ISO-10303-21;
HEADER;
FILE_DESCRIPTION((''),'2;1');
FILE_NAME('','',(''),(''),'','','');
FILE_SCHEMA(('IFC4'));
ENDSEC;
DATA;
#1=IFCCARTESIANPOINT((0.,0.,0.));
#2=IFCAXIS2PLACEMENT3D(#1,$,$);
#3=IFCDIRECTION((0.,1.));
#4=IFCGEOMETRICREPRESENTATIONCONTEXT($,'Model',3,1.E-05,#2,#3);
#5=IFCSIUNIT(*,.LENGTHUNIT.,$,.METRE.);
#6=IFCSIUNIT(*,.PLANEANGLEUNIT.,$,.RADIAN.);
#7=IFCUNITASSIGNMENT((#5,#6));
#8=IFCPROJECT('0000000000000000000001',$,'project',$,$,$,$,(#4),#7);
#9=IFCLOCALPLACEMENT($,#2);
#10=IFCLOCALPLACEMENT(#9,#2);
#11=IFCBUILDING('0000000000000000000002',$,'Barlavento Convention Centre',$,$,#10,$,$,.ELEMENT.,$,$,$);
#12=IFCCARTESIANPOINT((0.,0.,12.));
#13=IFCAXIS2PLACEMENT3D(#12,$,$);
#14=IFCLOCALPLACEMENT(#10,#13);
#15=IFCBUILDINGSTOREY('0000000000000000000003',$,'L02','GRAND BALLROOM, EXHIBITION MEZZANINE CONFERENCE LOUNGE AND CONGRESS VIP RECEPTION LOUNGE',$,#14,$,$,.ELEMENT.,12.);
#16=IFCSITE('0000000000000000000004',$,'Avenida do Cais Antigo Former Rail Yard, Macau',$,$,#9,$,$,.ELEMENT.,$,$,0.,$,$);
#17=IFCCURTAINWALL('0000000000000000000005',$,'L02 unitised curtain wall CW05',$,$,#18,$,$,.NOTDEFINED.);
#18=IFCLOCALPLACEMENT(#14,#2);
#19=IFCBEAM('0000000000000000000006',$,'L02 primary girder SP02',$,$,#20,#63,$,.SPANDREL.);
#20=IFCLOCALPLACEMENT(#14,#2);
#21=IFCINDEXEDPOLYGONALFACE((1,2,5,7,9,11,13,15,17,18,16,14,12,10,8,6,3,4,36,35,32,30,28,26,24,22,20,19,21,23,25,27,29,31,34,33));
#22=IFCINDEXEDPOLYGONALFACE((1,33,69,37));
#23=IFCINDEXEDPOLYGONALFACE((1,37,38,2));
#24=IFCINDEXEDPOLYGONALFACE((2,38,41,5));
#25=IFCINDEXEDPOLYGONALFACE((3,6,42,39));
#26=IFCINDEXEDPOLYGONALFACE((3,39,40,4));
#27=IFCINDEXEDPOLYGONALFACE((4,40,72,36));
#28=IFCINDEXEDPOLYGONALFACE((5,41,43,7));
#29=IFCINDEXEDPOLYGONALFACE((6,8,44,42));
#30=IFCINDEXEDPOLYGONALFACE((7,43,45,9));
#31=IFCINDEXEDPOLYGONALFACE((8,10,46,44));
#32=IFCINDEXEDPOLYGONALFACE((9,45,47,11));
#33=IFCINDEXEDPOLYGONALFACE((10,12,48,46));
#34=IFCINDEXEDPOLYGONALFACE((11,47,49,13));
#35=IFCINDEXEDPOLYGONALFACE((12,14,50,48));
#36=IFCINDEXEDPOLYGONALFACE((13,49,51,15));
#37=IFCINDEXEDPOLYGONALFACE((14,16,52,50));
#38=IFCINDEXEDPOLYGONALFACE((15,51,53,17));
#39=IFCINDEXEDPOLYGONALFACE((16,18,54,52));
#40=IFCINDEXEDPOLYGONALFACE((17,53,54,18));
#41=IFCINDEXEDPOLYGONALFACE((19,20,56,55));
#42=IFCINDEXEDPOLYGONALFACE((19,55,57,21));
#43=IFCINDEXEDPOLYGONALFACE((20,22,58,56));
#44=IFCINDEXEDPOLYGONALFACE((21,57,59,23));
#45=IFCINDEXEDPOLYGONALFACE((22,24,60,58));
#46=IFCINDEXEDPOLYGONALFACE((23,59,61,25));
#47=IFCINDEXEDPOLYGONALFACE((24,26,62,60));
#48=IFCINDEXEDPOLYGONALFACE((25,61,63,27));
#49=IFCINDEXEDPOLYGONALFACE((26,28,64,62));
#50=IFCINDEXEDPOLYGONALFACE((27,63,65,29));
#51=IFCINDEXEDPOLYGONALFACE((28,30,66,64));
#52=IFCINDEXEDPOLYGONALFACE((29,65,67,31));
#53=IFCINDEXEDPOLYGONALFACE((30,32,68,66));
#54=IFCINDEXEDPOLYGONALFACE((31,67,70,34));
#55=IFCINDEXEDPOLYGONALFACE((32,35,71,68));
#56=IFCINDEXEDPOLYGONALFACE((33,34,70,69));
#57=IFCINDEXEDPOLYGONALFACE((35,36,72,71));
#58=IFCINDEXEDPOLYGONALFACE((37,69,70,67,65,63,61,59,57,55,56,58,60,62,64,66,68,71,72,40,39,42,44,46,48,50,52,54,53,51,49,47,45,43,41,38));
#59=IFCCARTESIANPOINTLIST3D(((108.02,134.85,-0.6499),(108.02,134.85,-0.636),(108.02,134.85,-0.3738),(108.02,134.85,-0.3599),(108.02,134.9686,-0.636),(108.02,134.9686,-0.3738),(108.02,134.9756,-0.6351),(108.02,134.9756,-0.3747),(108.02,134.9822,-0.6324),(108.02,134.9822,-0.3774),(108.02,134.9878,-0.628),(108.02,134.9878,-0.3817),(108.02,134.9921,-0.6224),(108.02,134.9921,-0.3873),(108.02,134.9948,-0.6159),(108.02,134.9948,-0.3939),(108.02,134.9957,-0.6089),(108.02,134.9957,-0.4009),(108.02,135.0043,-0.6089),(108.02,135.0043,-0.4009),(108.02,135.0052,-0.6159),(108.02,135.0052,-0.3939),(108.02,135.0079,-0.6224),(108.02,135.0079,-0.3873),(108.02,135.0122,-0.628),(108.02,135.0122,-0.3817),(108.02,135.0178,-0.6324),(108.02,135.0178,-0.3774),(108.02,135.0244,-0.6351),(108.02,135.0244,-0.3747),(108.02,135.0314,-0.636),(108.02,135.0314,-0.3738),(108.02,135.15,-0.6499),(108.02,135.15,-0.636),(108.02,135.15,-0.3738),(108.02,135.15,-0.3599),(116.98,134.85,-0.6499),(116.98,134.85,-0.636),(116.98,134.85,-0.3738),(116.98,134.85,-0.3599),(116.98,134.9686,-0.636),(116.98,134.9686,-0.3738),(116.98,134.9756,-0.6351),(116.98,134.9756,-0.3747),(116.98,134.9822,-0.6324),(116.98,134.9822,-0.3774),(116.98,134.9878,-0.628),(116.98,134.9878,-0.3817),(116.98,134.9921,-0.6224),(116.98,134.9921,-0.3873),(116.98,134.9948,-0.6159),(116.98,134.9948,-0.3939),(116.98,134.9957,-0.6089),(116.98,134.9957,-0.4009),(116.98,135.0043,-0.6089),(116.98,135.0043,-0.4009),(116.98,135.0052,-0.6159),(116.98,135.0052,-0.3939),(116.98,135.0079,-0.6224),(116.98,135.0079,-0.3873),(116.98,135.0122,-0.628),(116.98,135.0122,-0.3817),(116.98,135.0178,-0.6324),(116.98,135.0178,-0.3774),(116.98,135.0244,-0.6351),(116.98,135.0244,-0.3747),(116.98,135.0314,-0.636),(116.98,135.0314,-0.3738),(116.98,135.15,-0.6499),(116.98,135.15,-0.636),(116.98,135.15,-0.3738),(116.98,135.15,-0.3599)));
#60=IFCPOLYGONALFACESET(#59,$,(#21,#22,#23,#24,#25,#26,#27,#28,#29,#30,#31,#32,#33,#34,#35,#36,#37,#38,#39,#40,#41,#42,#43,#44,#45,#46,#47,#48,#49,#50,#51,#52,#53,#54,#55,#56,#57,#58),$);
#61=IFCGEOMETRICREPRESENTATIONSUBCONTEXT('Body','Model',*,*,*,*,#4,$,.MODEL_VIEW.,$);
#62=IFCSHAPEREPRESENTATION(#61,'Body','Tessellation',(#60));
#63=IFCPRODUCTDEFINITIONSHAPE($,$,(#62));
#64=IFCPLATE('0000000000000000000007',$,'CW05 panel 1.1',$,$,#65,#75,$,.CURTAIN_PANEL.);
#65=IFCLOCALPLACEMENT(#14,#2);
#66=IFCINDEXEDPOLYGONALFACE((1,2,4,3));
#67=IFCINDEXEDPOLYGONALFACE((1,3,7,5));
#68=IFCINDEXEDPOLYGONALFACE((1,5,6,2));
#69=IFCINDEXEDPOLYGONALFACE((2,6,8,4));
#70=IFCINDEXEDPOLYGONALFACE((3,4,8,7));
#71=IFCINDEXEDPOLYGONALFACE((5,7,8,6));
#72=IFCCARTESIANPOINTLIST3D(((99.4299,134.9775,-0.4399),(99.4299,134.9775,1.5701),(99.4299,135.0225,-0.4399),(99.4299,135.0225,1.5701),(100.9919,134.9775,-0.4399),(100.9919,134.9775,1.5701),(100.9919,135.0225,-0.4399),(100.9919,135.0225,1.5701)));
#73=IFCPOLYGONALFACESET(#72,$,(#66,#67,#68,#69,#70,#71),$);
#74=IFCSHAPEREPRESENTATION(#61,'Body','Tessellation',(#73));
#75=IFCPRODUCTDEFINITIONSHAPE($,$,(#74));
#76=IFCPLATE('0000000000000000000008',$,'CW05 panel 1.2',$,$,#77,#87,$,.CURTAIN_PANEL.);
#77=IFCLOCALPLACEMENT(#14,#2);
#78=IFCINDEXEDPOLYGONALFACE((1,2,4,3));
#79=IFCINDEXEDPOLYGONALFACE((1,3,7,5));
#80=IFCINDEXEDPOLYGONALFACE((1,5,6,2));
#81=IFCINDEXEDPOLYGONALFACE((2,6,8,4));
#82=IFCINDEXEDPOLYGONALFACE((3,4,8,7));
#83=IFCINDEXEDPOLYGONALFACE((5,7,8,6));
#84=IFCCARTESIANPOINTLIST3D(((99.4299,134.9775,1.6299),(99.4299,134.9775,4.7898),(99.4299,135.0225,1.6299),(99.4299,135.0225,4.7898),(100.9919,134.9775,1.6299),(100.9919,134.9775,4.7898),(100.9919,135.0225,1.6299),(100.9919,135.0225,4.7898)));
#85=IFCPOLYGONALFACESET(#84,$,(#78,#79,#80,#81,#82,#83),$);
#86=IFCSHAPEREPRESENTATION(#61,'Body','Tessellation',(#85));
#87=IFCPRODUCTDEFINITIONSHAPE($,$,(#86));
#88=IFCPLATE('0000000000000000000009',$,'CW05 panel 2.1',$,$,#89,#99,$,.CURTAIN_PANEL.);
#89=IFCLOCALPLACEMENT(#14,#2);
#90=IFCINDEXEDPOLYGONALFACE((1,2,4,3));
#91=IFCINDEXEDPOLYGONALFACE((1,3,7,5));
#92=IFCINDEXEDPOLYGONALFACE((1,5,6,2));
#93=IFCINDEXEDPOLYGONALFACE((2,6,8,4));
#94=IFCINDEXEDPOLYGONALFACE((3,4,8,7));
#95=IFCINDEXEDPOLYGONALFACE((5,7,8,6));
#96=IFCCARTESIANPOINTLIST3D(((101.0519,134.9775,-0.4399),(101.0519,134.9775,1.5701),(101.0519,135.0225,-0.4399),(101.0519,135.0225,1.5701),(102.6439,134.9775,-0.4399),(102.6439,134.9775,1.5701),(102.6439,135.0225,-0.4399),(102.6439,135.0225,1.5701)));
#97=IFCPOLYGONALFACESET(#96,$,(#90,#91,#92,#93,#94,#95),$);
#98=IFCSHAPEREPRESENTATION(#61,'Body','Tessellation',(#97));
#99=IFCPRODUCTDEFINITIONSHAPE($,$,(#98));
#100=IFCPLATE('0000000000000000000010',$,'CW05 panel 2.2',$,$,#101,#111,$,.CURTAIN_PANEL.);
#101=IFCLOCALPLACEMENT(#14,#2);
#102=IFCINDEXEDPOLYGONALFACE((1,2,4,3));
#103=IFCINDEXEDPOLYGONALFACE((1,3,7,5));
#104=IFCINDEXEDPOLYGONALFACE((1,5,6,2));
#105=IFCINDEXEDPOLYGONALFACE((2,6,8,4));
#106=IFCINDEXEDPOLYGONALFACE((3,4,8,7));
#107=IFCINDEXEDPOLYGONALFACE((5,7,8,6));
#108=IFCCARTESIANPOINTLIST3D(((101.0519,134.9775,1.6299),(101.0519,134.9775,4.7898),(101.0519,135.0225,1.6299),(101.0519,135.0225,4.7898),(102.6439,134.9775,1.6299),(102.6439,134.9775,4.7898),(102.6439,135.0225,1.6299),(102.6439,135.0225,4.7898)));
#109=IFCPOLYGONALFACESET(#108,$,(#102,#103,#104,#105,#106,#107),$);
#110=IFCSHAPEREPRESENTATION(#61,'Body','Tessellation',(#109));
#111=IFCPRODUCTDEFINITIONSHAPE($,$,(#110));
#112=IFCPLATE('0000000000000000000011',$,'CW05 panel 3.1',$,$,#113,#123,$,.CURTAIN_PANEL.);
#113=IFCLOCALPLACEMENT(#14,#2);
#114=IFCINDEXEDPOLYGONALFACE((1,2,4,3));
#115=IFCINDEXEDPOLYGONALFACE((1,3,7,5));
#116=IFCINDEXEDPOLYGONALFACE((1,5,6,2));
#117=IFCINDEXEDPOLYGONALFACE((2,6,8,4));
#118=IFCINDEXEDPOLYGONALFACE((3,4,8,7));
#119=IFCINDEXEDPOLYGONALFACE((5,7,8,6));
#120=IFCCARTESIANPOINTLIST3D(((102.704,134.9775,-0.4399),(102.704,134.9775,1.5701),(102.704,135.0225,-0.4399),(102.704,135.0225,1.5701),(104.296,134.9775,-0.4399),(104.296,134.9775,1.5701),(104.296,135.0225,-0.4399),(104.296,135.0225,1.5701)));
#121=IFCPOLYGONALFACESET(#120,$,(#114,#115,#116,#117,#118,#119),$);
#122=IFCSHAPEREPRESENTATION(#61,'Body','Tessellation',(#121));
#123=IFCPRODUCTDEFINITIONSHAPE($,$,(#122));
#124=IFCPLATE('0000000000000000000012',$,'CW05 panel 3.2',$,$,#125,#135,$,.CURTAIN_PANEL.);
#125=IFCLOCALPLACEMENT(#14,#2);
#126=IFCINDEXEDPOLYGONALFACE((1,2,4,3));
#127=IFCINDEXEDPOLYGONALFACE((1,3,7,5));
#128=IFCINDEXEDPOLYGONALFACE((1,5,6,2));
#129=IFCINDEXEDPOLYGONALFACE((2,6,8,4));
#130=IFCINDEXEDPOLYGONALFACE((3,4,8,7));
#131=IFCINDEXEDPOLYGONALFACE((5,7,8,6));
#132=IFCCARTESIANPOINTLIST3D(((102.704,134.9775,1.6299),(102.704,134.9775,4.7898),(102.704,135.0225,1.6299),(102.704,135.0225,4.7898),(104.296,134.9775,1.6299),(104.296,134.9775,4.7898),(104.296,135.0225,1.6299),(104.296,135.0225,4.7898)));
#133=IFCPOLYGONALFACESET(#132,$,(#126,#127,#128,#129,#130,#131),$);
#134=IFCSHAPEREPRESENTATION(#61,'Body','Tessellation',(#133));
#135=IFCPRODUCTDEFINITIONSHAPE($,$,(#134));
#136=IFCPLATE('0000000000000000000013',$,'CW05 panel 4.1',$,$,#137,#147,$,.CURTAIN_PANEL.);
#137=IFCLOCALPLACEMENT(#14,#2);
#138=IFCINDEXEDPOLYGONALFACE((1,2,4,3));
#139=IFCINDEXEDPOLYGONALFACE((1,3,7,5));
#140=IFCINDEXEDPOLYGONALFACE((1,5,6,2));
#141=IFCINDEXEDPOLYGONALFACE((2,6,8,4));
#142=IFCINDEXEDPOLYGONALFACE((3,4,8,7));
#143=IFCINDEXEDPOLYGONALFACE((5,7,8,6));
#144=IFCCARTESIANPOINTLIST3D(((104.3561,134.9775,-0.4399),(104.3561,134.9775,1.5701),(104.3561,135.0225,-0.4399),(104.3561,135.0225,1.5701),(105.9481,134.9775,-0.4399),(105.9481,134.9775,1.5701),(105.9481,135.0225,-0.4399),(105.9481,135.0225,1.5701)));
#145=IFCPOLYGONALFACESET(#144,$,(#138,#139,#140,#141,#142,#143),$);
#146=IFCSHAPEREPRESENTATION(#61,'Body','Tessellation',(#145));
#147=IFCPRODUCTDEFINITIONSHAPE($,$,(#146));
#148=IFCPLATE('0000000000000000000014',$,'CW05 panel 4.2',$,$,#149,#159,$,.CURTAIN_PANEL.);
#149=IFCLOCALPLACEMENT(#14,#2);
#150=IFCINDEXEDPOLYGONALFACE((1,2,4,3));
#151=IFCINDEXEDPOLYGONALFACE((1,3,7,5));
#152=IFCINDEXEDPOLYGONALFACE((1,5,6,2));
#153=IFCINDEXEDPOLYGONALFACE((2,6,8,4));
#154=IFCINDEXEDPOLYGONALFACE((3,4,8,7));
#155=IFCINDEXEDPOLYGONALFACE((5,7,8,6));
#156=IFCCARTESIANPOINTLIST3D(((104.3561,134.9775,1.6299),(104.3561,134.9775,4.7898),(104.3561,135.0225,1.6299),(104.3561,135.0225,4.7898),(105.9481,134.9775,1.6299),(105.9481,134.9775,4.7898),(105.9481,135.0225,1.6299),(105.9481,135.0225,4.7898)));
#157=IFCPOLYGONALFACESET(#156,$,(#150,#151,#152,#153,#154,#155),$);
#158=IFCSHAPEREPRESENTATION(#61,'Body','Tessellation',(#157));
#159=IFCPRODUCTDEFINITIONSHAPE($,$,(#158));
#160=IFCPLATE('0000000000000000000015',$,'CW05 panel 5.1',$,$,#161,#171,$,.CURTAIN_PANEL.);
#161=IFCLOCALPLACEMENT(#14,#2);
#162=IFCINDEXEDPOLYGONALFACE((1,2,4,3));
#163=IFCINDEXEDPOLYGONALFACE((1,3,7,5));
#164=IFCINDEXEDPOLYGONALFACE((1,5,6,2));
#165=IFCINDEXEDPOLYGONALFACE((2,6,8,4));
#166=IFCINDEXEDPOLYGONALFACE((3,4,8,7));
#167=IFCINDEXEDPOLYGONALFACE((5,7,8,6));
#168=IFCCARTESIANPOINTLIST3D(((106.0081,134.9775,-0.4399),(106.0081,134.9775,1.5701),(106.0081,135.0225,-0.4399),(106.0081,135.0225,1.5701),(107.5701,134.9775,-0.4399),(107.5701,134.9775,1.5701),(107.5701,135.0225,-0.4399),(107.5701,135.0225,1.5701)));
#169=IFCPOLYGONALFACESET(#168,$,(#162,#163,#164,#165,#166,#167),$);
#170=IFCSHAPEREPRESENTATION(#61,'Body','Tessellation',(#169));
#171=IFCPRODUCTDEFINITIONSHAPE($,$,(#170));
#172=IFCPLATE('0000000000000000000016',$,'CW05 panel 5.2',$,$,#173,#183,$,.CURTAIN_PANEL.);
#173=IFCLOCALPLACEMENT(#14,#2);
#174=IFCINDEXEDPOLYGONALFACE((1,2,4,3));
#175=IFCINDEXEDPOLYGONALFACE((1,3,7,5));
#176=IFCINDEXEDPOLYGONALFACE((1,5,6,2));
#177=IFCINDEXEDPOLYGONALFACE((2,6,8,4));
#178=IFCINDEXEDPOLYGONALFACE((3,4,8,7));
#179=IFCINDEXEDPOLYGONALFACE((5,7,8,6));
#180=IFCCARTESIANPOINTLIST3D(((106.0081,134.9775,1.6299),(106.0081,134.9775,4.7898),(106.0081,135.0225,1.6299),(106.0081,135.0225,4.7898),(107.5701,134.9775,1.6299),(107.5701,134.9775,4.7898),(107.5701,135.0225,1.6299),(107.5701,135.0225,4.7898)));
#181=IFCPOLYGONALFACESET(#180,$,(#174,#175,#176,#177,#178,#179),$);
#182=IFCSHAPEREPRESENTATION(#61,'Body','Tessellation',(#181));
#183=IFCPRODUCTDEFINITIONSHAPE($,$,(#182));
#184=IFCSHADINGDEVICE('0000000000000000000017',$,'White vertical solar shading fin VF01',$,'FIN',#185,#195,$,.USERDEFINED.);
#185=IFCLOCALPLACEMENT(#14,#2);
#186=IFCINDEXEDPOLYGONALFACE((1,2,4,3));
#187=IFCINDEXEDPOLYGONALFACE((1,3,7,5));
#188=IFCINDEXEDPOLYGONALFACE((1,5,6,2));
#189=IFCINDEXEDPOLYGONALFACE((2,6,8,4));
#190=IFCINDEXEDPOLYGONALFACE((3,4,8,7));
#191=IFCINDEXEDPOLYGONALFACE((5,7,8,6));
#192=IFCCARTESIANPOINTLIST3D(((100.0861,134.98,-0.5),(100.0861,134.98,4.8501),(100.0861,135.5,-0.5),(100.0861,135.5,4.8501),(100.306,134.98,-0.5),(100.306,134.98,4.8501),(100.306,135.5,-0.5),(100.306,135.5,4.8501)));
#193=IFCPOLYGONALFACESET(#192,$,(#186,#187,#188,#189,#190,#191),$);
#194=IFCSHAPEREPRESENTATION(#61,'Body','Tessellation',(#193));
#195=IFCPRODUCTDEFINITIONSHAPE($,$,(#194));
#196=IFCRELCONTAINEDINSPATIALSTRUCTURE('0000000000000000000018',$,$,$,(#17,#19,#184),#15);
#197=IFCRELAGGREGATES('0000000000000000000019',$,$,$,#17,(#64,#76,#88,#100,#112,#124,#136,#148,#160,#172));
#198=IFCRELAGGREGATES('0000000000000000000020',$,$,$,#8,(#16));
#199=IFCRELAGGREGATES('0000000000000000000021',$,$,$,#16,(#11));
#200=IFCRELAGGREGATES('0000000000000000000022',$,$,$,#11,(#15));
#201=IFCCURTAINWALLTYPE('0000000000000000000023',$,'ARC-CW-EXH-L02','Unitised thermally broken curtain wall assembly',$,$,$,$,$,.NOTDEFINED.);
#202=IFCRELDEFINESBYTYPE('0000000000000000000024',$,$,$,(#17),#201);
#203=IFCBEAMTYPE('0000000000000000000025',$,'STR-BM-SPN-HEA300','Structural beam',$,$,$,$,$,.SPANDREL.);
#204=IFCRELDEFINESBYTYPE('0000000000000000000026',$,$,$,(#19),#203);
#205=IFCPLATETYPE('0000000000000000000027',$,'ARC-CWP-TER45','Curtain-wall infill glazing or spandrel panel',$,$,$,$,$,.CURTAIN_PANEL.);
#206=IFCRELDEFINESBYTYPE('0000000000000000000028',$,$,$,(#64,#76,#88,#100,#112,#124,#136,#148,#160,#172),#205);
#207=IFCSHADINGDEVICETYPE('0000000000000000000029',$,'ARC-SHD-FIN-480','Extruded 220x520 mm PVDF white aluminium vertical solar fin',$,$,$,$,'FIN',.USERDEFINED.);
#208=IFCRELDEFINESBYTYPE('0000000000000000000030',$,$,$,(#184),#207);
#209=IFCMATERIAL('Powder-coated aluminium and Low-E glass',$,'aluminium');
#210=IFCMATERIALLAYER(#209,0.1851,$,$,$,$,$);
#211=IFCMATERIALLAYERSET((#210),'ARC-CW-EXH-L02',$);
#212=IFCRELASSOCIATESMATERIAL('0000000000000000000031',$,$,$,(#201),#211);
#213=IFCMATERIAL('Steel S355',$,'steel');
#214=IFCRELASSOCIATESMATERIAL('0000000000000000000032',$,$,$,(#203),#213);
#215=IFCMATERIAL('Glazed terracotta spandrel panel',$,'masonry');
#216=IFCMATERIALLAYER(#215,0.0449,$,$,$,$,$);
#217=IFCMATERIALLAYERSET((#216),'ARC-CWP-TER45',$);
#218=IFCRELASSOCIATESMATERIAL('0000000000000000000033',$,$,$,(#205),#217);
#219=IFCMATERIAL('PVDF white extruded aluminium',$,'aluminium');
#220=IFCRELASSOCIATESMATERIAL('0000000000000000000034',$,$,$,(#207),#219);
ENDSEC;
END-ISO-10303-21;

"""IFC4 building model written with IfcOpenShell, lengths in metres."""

from ifc_helpers import new_model, si_unit, direction, frame, origin, origin_2d, place, context, subcontext, project, spatial, rectangle, i_section, extrude, material, layer, layer_set, material_profile, profile_set, type_object, element, aggregate, save


model = new_model("IFC4")

# Units and contexts
model_context = context("Model", 3, precision=1e-05, world=origin(), true_north=direction((0.0, 1.0)))
body_context = subcontext(model_context, "Body", "Model", "MODEL_VIEW")
ifc_project = project(units=[si_unit("LENGTHUNIT", "METRE"), si_unit("PLANEANGLEUNIT", "RADIAN")], contexts=[model_context])

# Site, building, storey
site_placement = place(None, origin())
site = spatial("IfcSite", under=ifc_project, at=site_placement, Name="Avenida do Cais Antigo Former Rail Yard, Macau", CompositionType="ELEMENT", RefElevation=0.0)
building_placement = place(site_placement, origin())
building = spatial("IfcBuilding", under=site, at=building_placement, Name="Barlavento Convention Centre", CompositionType="ELEMENT")
storey_placement = place(building_placement, frame((0.0, 0.0, 12.0)))
storey = spatial("IfcBuildingStorey", under=building, at=storey_placement, Name="L02", Description="GRAND BALLROOM, EXHIBITION MEZZANINE CONFERENCE LOUNGE AND CONGRESS VIP RECEPTION LOUNGE", CompositionType="ELEMENT", Elevation=12.0)

# Curtain wall
ifc_material_1 = material(Name="Powder-coated aluminium and Low-E glass", Category="aluminium")
ifc_layer_1 = layer(ifc_material_1, 0.1851)
ifc_layer_set_1 = layer_set([ifc_layer_1], Name="ARC-CW-EXH-L02")
curtain_wall_type = type_object("IfcCurtainWallType", Name="ARC-CW-EXH-L02", Description="Unitised thermally broken curtain wall assembly", PredefinedType="NOTDEFINED", material=ifc_layer_set_1)
curtain_wall_1_placement = place(storey_placement, origin())
curtain_wall_1 = element("IfcCurtainWall", 1, at=curtain_wall_1_placement, inside=storey, type_object=curtain_wall_type, Name="L02 unitised curtain wall CW05", PredefinedType="NOTDEFINED")

# Beam
ifc_material_2 = material(Name="Steel S355", Category="steel")
ifc_material_profile_1 = material_profile(ifc_material_2, i_section(OverallWidth=0.3, OverallDepth=0.29, WebThickness=0.0085, FlangeThickness=0.0139, FilletRadius=0.0271, at=origin_2d()), Name="HEA 300")
ifc_profile_set_1 = profile_set([ifc_material_profile_1], Name="Steel S355")
beam_type = type_object("IfcBeamType", Name="STR-BM-SPN-HEA300", Description="Structural beam", PredefinedType="SPANDREL", material=ifc_profile_set_1)
beam_placement = place(storey_placement, frame((108.02, 135.0, -0.5049), z_axis=(1.0, 0.0, 0.0), x_axis=(0.0, 1.0, 0.0)))
element("IfcBeam", 2, at=beam_placement, inside=storey, type_object=beam_type, Name="L02 primary girder SP02", PredefinedType="SPANDREL", context=body_context, shape_type="SweptSolid", body=[
    extrude(i_section(OverallWidth=0.3, OverallDepth=0.29, WebThickness=0.0085, FlangeThickness=0.0139, FilletRadius=0.0271, at=origin_2d()), origin(), (0.0, 0.0, 1.0), 8.96),
])

# Plates
ifc_material_3 = material(Name="Glazed terracotta spandrel panel", Category="masonry")
ifc_layer_2 = layer(ifc_material_3, 0.0449)
ifc_layer_set_2 = layer_set([ifc_layer_2], Name="ARC-CWP-TER45")
plate_type = type_object("IfcPlateType", Name="ARC-CWP-TER45", Description="Curtain-wall infill glazing or spandrel panel", PredefinedType="CURTAIN_PANEL", material=ifc_layer_set_2)
plate_1_placement = place(storey_placement, frame((100.2109, 135.0, -0.4399), z_axis=(0.0, 0.0, 1.0), x_axis=(1.0, 0.0, 0.0)))
plate_1 = element("IfcPlate", 3, at=plate_1_placement, type_object=plate_type, Name="CW05 panel 1.1", PredefinedType="CURTAIN_PANEL", context=body_context, shape_type="SweptSolid", body=[
    extrude(rectangle(XDim=1.562, YDim=0.0449, at=origin_2d()), origin(), (0.0, 0.0, 1.0), 2.01),
])
plate_2_placement = place(storey_placement, frame((100.2109, 135.0, 1.6299), z_axis=(0.0, 0.0, 1.0), x_axis=(1.0, 0.0, 0.0)))
plate_2 = element("IfcPlate", 4, at=plate_2_placement, type_object=plate_type, Name="CW05 panel 1.2", PredefinedType="CURTAIN_PANEL", context=body_context, shape_type="SweptSolid", body=[
    extrude(rectangle(XDim=1.562, YDim=0.0449, at=origin_2d()), origin(), (0.0, 0.0, 1.0), 3.1599),
])
plate_3_placement = place(storey_placement, frame((101.8479, 135.0, -0.4399), z_axis=(0.0, 0.0, 1.0), x_axis=(1.0, 0.0, 0.0)))
plate_3 = element("IfcPlate", 5, at=plate_3_placement, type_object=plate_type, Name="CW05 panel 2.1", PredefinedType="CURTAIN_PANEL", context=body_context, shape_type="SweptSolid", body=[
    extrude(rectangle(XDim=1.592, YDim=0.0449, at=origin_2d()), origin(), (0.0, 0.0, 1.0), 2.01),
])
plate_4_placement = place(storey_placement, frame((101.8479, 135.0, 1.6299), z_axis=(0.0, 0.0, 1.0), x_axis=(1.0, 0.0, 0.0)))
plate_4 = element("IfcPlate", 6, at=plate_4_placement, type_object=plate_type, Name="CW05 panel 2.2", PredefinedType="CURTAIN_PANEL", context=body_context, shape_type="SweptSolid", body=[
    extrude(rectangle(XDim=1.592, YDim=0.0449, at=origin_2d()), origin(), (0.0, 0.0, 1.0), 3.1599),
])
plate_5_placement = place(storey_placement, frame((103.5, 135.0, -0.4399), z_axis=(0.0, 0.0, 1.0), x_axis=(1.0, 0.0, 0.0)))
plate_5 = element("IfcPlate", 7, at=plate_5_placement, type_object=plate_type, Name="CW05 panel 3.1", PredefinedType="CURTAIN_PANEL", context=body_context, shape_type="SweptSolid", body=[
    extrude(rectangle(XDim=1.592, YDim=0.0449, at=origin_2d()), origin(), (0.0, 0.0, 1.0), 2.01),
])
plate_6_placement = place(storey_placement, frame((103.5, 135.0, 1.6299), z_axis=(0.0, 0.0, 1.0), x_axis=(1.0, 0.0, 0.0)))
plate_6 = element("IfcPlate", 8, at=plate_6_placement, type_object=plate_type, Name="CW05 panel 3.2", PredefinedType="CURTAIN_PANEL", context=body_context, shape_type="SweptSolid", body=[
    extrude(rectangle(XDim=1.592, YDim=0.0449, at=origin_2d()), origin(), (0.0, 0.0, 1.0), 3.1599),
])
plate_7_placement = place(storey_placement, frame((105.1521, 135.0, -0.4399), z_axis=(0.0, 0.0, 1.0), x_axis=(1.0, 0.0, 0.0)))
plate_7 = element("IfcPlate", 9, at=plate_7_placement, type_object=plate_type, Name="CW05 panel 4.1", PredefinedType="CURTAIN_PANEL", context=body_context, shape_type="SweptSolid", body=[
    extrude(rectangle(XDim=1.592, YDim=0.0449, at=origin_2d()), origin(), (0.0, 0.0, 1.0), 2.01),
])
plate_8_placement = place(storey_placement, frame((105.1521, 135.0, 1.6299), z_axis=(0.0, 0.0, 1.0), x_axis=(1.0, 0.0, 0.0)))
plate_8 = element("IfcPlate", 10, at=plate_8_placement, type_object=plate_type, Name="CW05 panel 4.2", PredefinedType="CURTAIN_PANEL", context=body_context, shape_type="SweptSolid", body=[
    extrude(rectangle(XDim=1.592, YDim=0.0449, at=origin_2d()), origin(), (0.0, 0.0, 1.0), 3.1599),
])
plate_9_placement = place(storey_placement, frame((106.7891, 135.0, -0.4399), z_axis=(0.0, 0.0, 1.0), x_axis=(1.0, 0.0, 0.0)))
plate_9 = element("IfcPlate", 11, at=plate_9_placement, type_object=plate_type, Name="CW05 panel 5.1", PredefinedType="CURTAIN_PANEL", context=body_context, shape_type="SweptSolid", body=[
    extrude(rectangle(XDim=1.562, YDim=0.0449, at=origin_2d()), origin(), (0.0, 0.0, 1.0), 2.01),
])
plate_10_placement = place(storey_placement, frame((106.7891, 135.0, 1.6299), z_axis=(0.0, 0.0, 1.0), x_axis=(1.0, 0.0, 0.0)))
plate_10 = element("IfcPlate", 12, at=plate_10_placement, type_object=plate_type, Name="CW05 panel 5.2", PredefinedType="CURTAIN_PANEL", context=body_context, shape_type="SweptSolid", body=[
    extrude(rectangle(XDim=1.562, YDim=0.0449, at=origin_2d()), origin(), (0.0, 0.0, 1.0), 3.1599),
])
aggregate(curtain_wall_1, [plate_1, plate_2, plate_3, plate_4, plate_5, plate_6, plate_7, plate_8, plate_9, plate_10])

# Shading device
ifc_material_4 = material(Name="PVDF white extruded aluminium", Category="aluminium")
shading_device_type = type_object("IfcShadingDeviceType", Name="ARC-SHD-FIN-480", Description="Extruded 220x520 mm PVDF white aluminium vertical solar fin", ElementType="FIN", PredefinedType="USERDEFINED", material=ifc_material_4)
for number, where, z_axis, x_axis, name in (
    (13, (100.196, 135.24, -0.5), (0.0, 0.0, 1.0), (1.0, 0.0, 0.0), "White vertical solar shading fin VF01"),
):
    element("IfcShadingDevice", number, at=place(storey_placement, frame(where, z_axis=z_axis, x_axis=x_axis)), inside=storey, type_object=shading_device_type, Name=name, ObjectType="FIN", PredefinedType="USERDEFINED", context=body_context, shape_type="SweptSolid", body=[
        extrude(rectangle(XDim=0.22, YDim=0.52, at=origin_2d()), origin(), (0.0, 0.0, 1.0), 5.3501),
    ])

save(model, "model.ifc")
